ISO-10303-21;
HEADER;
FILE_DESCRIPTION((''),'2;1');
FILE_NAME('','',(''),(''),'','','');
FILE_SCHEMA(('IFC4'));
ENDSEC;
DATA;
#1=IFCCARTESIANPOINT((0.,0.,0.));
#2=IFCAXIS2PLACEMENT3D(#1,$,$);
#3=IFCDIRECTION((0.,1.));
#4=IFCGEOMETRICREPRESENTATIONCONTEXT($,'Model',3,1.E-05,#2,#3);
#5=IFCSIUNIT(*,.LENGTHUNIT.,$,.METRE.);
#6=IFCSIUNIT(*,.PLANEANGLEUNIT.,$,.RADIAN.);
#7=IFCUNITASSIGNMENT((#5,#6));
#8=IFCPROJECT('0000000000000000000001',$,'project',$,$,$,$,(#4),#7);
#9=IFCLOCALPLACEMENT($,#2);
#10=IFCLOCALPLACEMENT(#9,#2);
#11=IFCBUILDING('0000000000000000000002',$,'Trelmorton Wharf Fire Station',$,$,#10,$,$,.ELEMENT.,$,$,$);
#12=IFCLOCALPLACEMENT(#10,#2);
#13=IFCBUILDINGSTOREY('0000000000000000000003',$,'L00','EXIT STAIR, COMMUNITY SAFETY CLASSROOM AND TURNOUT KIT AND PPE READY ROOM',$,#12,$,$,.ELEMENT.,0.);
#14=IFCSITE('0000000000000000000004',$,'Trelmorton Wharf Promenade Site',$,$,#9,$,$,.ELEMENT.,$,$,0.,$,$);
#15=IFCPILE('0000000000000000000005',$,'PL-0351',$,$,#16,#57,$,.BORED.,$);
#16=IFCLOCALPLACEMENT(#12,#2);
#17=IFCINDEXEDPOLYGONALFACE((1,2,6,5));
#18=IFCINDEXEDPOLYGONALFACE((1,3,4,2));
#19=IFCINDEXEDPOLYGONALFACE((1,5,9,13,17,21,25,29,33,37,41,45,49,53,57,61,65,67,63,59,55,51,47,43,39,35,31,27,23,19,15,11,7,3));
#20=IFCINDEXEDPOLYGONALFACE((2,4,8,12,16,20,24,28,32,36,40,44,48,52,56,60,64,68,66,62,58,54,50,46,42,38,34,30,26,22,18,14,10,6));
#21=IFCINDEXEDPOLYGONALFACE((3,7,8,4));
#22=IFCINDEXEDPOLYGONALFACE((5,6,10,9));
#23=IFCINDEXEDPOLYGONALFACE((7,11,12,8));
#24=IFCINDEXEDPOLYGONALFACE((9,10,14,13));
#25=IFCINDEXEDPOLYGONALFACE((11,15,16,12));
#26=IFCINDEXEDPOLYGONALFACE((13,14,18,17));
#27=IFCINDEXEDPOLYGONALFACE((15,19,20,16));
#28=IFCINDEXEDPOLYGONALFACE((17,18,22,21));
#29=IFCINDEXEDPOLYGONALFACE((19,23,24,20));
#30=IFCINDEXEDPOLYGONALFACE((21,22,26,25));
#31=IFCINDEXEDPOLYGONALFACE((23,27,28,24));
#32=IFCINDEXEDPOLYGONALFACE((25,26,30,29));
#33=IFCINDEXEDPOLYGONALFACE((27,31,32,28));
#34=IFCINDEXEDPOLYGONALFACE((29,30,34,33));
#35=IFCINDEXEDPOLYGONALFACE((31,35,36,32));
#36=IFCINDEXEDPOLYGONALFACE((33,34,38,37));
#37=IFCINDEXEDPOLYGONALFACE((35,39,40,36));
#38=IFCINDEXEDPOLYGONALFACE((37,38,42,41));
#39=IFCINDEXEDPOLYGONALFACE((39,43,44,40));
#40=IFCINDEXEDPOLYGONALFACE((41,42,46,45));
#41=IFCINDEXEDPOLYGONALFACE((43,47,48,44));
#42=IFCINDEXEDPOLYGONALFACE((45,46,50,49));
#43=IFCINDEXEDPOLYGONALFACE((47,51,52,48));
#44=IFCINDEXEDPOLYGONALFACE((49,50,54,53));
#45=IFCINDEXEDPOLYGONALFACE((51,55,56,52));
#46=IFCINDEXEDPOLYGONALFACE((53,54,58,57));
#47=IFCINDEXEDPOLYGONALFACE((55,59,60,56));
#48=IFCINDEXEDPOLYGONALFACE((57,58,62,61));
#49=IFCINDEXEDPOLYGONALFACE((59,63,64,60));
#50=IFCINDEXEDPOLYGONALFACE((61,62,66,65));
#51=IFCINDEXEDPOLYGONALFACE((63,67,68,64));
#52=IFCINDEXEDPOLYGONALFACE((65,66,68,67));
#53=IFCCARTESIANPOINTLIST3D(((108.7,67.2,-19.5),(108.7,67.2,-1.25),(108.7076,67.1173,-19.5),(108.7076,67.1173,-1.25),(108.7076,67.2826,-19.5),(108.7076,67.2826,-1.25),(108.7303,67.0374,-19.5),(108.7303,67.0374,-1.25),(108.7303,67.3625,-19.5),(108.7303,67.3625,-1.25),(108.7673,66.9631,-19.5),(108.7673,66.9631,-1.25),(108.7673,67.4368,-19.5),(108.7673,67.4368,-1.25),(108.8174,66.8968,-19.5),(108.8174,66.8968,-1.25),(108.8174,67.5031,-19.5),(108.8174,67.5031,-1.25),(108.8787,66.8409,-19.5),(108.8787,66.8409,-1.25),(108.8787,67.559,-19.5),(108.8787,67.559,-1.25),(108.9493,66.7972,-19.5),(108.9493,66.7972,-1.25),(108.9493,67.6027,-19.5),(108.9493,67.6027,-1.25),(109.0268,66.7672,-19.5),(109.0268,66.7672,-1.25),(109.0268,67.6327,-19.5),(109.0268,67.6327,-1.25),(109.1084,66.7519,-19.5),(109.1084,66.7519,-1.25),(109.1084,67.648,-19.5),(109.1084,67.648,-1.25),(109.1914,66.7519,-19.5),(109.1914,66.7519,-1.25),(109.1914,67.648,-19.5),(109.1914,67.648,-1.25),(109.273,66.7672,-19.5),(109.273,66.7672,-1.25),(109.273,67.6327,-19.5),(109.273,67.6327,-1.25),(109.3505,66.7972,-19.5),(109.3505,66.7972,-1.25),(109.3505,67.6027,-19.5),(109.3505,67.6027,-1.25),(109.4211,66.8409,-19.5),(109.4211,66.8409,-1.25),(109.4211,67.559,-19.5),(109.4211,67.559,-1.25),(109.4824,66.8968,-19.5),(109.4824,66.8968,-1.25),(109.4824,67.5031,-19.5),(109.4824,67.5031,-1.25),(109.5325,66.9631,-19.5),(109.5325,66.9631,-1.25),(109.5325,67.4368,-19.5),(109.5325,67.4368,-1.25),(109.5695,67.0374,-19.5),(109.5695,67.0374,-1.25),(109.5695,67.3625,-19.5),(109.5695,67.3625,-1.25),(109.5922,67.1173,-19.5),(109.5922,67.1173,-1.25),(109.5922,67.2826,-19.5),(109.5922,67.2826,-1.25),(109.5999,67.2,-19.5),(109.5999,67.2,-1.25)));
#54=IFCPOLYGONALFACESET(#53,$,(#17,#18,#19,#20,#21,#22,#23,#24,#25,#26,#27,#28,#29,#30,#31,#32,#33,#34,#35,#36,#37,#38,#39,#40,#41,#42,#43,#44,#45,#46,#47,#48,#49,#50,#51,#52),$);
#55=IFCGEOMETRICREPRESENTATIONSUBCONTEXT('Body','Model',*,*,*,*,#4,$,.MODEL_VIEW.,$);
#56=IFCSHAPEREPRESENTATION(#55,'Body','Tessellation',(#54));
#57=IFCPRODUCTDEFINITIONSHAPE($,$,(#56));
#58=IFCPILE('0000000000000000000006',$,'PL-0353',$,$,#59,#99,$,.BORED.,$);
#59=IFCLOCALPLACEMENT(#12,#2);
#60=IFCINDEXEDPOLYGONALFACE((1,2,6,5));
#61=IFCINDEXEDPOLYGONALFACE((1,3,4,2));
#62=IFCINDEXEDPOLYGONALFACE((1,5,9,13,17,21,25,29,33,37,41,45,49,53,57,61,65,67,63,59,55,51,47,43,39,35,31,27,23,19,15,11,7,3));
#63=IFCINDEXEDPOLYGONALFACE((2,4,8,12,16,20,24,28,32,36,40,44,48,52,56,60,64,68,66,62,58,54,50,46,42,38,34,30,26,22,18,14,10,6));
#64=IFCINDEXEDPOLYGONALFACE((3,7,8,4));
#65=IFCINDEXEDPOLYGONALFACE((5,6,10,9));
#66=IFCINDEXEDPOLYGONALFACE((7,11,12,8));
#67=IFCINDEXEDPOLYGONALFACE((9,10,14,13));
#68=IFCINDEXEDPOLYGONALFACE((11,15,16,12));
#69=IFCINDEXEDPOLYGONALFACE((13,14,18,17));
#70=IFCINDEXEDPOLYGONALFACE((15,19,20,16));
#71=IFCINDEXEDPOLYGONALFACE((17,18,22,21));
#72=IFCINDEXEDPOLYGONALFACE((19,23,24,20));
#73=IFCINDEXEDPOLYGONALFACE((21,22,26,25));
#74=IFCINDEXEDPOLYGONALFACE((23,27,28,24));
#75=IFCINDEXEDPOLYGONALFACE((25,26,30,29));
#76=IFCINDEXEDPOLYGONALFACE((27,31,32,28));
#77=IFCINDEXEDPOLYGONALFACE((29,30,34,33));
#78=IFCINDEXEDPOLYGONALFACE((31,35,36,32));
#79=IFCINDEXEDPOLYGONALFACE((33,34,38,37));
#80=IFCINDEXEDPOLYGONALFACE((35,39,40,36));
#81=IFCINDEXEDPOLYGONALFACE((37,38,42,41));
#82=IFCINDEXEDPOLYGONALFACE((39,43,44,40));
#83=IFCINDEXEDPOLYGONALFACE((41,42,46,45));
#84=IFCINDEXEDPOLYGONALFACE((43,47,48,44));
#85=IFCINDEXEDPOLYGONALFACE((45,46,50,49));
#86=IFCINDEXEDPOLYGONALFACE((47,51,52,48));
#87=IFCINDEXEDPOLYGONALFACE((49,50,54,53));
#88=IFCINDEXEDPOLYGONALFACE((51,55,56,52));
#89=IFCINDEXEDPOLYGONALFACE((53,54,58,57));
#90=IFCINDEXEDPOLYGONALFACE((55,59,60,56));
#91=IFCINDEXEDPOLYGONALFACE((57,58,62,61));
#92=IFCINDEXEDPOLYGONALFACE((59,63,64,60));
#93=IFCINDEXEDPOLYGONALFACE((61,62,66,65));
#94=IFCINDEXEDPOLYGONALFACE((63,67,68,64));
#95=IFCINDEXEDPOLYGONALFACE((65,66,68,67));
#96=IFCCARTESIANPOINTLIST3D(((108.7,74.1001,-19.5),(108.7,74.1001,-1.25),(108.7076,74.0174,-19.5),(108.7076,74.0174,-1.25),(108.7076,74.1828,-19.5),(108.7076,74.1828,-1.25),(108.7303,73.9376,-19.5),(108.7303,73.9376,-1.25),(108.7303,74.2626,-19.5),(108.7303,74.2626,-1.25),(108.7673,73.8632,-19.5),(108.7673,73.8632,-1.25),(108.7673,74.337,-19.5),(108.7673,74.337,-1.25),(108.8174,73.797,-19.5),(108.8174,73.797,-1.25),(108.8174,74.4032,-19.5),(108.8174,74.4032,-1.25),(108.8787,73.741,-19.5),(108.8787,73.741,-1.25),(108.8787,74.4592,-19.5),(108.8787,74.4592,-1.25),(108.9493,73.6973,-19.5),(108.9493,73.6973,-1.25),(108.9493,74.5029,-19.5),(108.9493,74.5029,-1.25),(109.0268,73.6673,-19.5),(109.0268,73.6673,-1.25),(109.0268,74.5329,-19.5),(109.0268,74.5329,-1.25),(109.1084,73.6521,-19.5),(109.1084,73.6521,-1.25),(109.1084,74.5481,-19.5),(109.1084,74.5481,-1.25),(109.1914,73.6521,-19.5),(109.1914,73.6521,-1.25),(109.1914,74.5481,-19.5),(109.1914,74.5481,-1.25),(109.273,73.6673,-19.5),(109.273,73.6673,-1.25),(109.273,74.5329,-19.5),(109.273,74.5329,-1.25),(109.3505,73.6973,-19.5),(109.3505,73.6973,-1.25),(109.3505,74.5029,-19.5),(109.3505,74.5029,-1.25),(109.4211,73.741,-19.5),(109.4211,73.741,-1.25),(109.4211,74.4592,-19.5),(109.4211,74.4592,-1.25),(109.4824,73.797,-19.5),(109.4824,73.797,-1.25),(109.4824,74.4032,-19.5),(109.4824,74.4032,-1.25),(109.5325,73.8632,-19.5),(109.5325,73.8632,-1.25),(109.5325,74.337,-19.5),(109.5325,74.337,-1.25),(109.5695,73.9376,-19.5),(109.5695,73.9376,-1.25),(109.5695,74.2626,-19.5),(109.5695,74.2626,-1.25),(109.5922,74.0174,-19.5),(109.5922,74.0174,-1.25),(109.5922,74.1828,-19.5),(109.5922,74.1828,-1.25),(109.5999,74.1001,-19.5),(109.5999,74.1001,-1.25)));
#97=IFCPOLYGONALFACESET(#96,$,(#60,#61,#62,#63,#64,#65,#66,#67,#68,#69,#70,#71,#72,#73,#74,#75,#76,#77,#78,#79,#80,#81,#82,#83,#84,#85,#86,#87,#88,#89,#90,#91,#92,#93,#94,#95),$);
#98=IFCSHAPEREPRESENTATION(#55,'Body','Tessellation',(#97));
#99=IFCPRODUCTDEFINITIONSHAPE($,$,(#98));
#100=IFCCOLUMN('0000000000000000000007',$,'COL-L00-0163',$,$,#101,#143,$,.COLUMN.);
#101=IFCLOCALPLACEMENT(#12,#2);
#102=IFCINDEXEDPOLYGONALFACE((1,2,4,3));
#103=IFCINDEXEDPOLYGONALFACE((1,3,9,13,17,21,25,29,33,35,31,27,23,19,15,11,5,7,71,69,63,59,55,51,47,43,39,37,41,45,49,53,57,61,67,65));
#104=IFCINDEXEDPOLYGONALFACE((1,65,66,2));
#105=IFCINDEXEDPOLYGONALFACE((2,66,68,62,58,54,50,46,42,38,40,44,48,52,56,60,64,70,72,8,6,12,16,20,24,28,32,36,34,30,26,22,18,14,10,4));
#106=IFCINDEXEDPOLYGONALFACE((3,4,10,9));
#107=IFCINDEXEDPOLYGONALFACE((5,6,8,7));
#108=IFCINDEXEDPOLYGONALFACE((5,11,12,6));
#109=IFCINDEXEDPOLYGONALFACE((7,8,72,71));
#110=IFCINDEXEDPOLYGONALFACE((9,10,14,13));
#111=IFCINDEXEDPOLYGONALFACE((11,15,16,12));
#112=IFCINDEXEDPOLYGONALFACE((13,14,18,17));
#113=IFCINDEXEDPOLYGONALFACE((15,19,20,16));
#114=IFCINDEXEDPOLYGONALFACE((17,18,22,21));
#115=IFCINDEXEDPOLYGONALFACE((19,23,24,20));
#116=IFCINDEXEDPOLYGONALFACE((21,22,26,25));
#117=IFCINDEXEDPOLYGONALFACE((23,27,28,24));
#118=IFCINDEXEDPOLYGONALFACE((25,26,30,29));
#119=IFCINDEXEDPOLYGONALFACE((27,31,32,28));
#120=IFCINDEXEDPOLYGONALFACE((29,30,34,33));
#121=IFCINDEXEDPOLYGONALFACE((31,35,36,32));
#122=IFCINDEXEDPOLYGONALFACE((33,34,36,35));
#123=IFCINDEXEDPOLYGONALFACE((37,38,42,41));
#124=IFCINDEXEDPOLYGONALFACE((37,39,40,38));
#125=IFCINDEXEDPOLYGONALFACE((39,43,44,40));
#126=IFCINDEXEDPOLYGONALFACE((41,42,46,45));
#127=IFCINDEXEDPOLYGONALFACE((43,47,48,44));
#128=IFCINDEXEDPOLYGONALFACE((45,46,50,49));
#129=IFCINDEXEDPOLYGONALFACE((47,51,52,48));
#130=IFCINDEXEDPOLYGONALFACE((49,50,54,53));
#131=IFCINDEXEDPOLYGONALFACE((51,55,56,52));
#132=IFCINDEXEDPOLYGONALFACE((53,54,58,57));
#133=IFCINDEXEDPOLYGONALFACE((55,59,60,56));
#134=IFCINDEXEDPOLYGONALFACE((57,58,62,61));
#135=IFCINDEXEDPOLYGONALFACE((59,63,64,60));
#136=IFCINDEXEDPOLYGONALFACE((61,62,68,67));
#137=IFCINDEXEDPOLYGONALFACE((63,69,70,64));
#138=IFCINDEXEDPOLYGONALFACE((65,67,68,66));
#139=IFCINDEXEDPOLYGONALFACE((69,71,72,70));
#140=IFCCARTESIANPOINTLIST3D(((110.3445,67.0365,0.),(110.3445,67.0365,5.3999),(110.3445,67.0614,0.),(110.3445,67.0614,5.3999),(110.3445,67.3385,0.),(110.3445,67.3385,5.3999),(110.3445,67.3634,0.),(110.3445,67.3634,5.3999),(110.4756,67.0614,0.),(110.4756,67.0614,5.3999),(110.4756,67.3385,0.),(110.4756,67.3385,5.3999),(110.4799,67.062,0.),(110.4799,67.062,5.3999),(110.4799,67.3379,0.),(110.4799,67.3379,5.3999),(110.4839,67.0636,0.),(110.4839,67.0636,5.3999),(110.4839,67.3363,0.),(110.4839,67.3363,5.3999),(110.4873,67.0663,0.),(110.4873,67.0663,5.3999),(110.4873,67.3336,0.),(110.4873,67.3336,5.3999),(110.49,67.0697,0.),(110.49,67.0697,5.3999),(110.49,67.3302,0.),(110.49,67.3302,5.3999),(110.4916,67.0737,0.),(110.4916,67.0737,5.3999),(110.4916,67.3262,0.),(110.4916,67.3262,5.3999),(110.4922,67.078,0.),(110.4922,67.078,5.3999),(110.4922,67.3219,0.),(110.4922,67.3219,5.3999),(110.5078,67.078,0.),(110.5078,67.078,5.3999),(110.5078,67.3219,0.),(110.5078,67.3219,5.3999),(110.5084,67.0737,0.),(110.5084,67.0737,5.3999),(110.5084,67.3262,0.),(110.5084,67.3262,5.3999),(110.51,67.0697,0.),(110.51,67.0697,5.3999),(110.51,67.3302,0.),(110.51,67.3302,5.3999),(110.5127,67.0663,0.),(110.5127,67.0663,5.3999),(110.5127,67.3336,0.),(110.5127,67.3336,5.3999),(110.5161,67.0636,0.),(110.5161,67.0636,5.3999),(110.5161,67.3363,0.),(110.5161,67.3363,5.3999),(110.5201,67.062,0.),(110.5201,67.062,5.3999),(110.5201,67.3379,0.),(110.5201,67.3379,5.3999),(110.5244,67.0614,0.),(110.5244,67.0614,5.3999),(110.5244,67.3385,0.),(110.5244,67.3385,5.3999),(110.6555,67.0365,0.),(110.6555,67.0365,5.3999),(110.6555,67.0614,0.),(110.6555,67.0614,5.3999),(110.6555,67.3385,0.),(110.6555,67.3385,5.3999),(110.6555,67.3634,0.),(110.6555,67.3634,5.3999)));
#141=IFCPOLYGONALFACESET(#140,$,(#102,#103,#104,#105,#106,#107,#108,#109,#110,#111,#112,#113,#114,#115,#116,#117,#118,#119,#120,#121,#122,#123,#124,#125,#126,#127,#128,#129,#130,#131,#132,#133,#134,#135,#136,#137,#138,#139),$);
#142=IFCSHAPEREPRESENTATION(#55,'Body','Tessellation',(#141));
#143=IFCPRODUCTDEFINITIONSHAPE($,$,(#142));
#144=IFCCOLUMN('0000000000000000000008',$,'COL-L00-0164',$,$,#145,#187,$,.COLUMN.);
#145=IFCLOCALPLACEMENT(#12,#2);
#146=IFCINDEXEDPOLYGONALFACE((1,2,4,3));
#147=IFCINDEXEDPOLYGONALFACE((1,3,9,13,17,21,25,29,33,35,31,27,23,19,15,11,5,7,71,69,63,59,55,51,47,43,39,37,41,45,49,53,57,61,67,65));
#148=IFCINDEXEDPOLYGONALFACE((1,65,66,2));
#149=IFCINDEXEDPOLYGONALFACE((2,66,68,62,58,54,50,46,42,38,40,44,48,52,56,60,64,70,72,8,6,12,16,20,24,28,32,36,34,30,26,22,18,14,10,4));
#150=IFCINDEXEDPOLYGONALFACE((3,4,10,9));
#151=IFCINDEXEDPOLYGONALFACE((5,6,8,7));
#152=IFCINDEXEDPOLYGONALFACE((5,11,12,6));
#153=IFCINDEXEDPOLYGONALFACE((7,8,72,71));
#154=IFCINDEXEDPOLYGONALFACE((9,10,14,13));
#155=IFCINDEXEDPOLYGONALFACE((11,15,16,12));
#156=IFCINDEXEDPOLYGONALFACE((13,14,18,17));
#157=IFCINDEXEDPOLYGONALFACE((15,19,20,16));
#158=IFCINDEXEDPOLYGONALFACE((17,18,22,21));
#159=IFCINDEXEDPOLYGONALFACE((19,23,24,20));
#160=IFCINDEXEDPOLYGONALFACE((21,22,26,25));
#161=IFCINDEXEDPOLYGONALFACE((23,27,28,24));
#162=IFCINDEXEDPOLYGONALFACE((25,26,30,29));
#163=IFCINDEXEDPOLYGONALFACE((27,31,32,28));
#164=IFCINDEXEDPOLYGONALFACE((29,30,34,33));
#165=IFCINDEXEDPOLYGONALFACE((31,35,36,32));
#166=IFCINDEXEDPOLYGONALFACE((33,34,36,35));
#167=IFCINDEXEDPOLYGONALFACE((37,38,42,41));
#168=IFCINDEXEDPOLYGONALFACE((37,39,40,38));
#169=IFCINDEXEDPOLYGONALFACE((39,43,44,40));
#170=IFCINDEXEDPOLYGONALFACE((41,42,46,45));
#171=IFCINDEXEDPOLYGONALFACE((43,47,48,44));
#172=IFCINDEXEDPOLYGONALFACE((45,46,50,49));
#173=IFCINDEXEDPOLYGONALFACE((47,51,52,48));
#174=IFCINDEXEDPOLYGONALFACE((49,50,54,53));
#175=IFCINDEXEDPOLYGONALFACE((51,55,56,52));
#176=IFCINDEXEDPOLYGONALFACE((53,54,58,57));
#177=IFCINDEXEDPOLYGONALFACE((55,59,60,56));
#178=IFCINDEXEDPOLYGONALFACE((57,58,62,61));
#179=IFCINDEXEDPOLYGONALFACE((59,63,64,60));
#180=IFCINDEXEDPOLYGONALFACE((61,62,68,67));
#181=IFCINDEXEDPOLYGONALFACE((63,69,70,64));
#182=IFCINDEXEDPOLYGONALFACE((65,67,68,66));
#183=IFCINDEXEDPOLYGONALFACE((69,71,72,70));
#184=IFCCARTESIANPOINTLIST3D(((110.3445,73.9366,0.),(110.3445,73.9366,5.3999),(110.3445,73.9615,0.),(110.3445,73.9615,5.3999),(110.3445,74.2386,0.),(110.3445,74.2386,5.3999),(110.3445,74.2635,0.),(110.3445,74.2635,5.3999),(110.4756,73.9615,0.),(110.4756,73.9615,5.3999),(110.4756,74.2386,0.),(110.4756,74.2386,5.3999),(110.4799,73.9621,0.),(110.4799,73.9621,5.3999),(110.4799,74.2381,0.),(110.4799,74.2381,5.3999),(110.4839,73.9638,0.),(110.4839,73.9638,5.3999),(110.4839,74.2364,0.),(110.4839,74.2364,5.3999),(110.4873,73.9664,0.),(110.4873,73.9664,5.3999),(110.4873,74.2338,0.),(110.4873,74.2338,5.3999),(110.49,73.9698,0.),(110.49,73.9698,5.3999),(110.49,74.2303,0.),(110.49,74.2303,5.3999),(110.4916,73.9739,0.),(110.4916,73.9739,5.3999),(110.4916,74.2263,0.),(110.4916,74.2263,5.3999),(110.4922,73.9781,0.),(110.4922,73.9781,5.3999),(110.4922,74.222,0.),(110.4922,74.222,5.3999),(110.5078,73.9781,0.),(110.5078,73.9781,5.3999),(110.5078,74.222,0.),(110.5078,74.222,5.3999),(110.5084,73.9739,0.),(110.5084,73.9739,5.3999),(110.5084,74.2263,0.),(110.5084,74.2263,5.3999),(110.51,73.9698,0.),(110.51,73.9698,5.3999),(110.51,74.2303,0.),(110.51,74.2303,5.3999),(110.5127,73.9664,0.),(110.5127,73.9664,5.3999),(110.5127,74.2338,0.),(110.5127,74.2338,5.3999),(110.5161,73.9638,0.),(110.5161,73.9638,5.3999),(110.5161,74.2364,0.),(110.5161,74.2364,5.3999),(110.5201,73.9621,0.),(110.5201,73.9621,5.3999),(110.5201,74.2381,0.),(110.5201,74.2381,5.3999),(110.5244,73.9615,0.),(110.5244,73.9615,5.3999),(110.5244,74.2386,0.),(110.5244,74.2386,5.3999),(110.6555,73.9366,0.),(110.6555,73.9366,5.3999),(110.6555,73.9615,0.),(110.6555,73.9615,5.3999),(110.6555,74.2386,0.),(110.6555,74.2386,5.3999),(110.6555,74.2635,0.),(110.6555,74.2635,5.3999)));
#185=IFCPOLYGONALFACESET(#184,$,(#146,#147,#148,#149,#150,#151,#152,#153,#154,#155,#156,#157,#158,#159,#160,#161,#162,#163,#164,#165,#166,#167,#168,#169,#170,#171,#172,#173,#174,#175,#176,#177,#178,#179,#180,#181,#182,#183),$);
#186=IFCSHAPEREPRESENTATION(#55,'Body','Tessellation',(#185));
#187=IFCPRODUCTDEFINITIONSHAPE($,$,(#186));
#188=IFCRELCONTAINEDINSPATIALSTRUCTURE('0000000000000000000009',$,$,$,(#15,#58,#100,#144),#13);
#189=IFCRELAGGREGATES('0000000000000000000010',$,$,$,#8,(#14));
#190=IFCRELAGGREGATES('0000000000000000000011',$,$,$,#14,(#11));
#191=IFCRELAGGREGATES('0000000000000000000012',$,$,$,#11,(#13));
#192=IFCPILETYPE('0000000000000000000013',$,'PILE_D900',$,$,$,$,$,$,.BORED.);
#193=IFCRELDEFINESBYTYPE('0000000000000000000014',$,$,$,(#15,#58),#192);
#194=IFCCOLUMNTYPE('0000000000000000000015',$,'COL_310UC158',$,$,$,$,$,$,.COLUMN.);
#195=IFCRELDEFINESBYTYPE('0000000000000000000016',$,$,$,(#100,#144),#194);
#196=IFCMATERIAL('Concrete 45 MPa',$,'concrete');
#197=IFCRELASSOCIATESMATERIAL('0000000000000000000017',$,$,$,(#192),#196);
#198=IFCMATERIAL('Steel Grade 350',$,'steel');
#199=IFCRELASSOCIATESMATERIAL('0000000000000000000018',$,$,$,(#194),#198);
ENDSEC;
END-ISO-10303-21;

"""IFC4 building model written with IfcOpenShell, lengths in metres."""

from ifc_helpers import new_model, si_unit, direction, frame, origin, origin_2d, place, context, subcontext, project, spatial, circle, i_section, extrude, material, material_profile, profile_set, type_object, element, save


model = new_model("IFC4")

# Units and contexts
model_context = context("Model", 3, precision=1e-05, world=origin(), true_north=direction((0.0, 1.0)))
body_context = subcontext(model_context, "Body", "Model", "MODEL_VIEW")
ifc_project = project(units=[si_unit("LENGTHUNIT", "METRE"), si_unit("PLANEANGLEUNIT", "RADIAN")], contexts=[model_context])

# Site, building, storey
site_placement = place(None, origin())
site = spatial("IfcSite", under=ifc_project, at=site_placement, Name="Trelmorton Wharf Promenade Site", CompositionType="ELEMENT", RefElevation=0.0)
building_placement = place(site_placement, origin())
building = spatial("IfcBuilding", under=site, at=building_placement, Name="Trelmorton Wharf Fire Station", CompositionType="ELEMENT")
storey_placement = place(building_placement, origin())
storey = spatial("IfcBuildingStorey", under=building, at=storey_placement, Name="L00", Description="EXIT STAIR, COMMUNITY SAFETY CLASSROOM AND TURNOUT KIT AND PPE READY ROOM", CompositionType="ELEMENT", Elevation=0.0)

# Piles
ifc_material_1 = material(Name="Concrete 45 MPa", Category="concrete")
ifc_material_profile_1 = material_profile(ifc_material_1, circle(Radius=0.45, at=origin_2d()), Name="PILE-D900")
ifc_profile_set_1 = profile_set([ifc_material_profile_1], Name="Concrete 45 MPa")
pile_type = type_object("IfcPileType", Name="PILE_D900", PredefinedType="BORED", material=ifc_profile_set_1)
for number, where, z_axis, x_axis, name in (
    (1, (109.1499, 67.2, -1.25), (0.0, 0.0, -1.0), (1.0, 0.0, 0.0), "PL-0351"),
    (2, (109.1499, 74.1001, -1.25), (0.0, 0.0, -1.0), (1.0, 0.0, 0.0), "PL-0353"),
):
    element("IfcPile", number, at=place(storey_placement, frame(where, z_axis=z_axis, x_axis=x_axis)), inside=storey, type_object=pile_type, Name=name, PredefinedType="BORED", context=body_context, shape_type="SweptSolid", body=[
        extrude(circle(Radius=0.45, at=origin_2d()), origin(), (0.0, 0.0, 1.0), 18.25),
    ])

# Columns
ifc_material_2 = material(Name="Steel Grade 350", Category="steel")
ifc_material_profile_2 = material_profile(ifc_material_2, i_section(OverallWidth=0.311, OverallDepth=0.3269, WebThickness=0.0156, FlangeThickness=0.0249, FilletRadius=0.0166, at=origin_2d()), Name="310UC158")
ifc_profile_set_2 = profile_set([ifc_material_profile_2], Name="Steel Grade 350")
column_type = type_object("IfcColumnType", Name="COL_310UC158", PredefinedType="COLUMN", material=ifc_profile_set_2)
for number, where, z_axis, x_axis, name in (
    (3, (110.5, 67.2, 0.0), (0.0, 0.0, 1.0), (1.0, 0.0, 0.0), "COL-L00-0163"),
    (4, (110.5, 74.1001, 0.0), (0.0, 0.0, 1.0), (1.0, 0.0, 0.0), "COL-L00-0164"),
):
    element("IfcColumn", number, at=place(storey_placement, frame(where, z_axis=z_axis, x_axis=x_axis)), inside=storey, type_object=column_type, Name=name, PredefinedType="COLUMN", context=body_context, shape_type="SweptSolid", body=[
        extrude(i_section(OverallWidth=0.311, OverallDepth=0.3269, WebThickness=0.0156, FlangeThickness=0.0249, FilletRadius=0.0166, at=origin_2d()), origin(), (0.0, 0.0, 1.0), 5.3999),
    ])

save(model, "model.ifc")
